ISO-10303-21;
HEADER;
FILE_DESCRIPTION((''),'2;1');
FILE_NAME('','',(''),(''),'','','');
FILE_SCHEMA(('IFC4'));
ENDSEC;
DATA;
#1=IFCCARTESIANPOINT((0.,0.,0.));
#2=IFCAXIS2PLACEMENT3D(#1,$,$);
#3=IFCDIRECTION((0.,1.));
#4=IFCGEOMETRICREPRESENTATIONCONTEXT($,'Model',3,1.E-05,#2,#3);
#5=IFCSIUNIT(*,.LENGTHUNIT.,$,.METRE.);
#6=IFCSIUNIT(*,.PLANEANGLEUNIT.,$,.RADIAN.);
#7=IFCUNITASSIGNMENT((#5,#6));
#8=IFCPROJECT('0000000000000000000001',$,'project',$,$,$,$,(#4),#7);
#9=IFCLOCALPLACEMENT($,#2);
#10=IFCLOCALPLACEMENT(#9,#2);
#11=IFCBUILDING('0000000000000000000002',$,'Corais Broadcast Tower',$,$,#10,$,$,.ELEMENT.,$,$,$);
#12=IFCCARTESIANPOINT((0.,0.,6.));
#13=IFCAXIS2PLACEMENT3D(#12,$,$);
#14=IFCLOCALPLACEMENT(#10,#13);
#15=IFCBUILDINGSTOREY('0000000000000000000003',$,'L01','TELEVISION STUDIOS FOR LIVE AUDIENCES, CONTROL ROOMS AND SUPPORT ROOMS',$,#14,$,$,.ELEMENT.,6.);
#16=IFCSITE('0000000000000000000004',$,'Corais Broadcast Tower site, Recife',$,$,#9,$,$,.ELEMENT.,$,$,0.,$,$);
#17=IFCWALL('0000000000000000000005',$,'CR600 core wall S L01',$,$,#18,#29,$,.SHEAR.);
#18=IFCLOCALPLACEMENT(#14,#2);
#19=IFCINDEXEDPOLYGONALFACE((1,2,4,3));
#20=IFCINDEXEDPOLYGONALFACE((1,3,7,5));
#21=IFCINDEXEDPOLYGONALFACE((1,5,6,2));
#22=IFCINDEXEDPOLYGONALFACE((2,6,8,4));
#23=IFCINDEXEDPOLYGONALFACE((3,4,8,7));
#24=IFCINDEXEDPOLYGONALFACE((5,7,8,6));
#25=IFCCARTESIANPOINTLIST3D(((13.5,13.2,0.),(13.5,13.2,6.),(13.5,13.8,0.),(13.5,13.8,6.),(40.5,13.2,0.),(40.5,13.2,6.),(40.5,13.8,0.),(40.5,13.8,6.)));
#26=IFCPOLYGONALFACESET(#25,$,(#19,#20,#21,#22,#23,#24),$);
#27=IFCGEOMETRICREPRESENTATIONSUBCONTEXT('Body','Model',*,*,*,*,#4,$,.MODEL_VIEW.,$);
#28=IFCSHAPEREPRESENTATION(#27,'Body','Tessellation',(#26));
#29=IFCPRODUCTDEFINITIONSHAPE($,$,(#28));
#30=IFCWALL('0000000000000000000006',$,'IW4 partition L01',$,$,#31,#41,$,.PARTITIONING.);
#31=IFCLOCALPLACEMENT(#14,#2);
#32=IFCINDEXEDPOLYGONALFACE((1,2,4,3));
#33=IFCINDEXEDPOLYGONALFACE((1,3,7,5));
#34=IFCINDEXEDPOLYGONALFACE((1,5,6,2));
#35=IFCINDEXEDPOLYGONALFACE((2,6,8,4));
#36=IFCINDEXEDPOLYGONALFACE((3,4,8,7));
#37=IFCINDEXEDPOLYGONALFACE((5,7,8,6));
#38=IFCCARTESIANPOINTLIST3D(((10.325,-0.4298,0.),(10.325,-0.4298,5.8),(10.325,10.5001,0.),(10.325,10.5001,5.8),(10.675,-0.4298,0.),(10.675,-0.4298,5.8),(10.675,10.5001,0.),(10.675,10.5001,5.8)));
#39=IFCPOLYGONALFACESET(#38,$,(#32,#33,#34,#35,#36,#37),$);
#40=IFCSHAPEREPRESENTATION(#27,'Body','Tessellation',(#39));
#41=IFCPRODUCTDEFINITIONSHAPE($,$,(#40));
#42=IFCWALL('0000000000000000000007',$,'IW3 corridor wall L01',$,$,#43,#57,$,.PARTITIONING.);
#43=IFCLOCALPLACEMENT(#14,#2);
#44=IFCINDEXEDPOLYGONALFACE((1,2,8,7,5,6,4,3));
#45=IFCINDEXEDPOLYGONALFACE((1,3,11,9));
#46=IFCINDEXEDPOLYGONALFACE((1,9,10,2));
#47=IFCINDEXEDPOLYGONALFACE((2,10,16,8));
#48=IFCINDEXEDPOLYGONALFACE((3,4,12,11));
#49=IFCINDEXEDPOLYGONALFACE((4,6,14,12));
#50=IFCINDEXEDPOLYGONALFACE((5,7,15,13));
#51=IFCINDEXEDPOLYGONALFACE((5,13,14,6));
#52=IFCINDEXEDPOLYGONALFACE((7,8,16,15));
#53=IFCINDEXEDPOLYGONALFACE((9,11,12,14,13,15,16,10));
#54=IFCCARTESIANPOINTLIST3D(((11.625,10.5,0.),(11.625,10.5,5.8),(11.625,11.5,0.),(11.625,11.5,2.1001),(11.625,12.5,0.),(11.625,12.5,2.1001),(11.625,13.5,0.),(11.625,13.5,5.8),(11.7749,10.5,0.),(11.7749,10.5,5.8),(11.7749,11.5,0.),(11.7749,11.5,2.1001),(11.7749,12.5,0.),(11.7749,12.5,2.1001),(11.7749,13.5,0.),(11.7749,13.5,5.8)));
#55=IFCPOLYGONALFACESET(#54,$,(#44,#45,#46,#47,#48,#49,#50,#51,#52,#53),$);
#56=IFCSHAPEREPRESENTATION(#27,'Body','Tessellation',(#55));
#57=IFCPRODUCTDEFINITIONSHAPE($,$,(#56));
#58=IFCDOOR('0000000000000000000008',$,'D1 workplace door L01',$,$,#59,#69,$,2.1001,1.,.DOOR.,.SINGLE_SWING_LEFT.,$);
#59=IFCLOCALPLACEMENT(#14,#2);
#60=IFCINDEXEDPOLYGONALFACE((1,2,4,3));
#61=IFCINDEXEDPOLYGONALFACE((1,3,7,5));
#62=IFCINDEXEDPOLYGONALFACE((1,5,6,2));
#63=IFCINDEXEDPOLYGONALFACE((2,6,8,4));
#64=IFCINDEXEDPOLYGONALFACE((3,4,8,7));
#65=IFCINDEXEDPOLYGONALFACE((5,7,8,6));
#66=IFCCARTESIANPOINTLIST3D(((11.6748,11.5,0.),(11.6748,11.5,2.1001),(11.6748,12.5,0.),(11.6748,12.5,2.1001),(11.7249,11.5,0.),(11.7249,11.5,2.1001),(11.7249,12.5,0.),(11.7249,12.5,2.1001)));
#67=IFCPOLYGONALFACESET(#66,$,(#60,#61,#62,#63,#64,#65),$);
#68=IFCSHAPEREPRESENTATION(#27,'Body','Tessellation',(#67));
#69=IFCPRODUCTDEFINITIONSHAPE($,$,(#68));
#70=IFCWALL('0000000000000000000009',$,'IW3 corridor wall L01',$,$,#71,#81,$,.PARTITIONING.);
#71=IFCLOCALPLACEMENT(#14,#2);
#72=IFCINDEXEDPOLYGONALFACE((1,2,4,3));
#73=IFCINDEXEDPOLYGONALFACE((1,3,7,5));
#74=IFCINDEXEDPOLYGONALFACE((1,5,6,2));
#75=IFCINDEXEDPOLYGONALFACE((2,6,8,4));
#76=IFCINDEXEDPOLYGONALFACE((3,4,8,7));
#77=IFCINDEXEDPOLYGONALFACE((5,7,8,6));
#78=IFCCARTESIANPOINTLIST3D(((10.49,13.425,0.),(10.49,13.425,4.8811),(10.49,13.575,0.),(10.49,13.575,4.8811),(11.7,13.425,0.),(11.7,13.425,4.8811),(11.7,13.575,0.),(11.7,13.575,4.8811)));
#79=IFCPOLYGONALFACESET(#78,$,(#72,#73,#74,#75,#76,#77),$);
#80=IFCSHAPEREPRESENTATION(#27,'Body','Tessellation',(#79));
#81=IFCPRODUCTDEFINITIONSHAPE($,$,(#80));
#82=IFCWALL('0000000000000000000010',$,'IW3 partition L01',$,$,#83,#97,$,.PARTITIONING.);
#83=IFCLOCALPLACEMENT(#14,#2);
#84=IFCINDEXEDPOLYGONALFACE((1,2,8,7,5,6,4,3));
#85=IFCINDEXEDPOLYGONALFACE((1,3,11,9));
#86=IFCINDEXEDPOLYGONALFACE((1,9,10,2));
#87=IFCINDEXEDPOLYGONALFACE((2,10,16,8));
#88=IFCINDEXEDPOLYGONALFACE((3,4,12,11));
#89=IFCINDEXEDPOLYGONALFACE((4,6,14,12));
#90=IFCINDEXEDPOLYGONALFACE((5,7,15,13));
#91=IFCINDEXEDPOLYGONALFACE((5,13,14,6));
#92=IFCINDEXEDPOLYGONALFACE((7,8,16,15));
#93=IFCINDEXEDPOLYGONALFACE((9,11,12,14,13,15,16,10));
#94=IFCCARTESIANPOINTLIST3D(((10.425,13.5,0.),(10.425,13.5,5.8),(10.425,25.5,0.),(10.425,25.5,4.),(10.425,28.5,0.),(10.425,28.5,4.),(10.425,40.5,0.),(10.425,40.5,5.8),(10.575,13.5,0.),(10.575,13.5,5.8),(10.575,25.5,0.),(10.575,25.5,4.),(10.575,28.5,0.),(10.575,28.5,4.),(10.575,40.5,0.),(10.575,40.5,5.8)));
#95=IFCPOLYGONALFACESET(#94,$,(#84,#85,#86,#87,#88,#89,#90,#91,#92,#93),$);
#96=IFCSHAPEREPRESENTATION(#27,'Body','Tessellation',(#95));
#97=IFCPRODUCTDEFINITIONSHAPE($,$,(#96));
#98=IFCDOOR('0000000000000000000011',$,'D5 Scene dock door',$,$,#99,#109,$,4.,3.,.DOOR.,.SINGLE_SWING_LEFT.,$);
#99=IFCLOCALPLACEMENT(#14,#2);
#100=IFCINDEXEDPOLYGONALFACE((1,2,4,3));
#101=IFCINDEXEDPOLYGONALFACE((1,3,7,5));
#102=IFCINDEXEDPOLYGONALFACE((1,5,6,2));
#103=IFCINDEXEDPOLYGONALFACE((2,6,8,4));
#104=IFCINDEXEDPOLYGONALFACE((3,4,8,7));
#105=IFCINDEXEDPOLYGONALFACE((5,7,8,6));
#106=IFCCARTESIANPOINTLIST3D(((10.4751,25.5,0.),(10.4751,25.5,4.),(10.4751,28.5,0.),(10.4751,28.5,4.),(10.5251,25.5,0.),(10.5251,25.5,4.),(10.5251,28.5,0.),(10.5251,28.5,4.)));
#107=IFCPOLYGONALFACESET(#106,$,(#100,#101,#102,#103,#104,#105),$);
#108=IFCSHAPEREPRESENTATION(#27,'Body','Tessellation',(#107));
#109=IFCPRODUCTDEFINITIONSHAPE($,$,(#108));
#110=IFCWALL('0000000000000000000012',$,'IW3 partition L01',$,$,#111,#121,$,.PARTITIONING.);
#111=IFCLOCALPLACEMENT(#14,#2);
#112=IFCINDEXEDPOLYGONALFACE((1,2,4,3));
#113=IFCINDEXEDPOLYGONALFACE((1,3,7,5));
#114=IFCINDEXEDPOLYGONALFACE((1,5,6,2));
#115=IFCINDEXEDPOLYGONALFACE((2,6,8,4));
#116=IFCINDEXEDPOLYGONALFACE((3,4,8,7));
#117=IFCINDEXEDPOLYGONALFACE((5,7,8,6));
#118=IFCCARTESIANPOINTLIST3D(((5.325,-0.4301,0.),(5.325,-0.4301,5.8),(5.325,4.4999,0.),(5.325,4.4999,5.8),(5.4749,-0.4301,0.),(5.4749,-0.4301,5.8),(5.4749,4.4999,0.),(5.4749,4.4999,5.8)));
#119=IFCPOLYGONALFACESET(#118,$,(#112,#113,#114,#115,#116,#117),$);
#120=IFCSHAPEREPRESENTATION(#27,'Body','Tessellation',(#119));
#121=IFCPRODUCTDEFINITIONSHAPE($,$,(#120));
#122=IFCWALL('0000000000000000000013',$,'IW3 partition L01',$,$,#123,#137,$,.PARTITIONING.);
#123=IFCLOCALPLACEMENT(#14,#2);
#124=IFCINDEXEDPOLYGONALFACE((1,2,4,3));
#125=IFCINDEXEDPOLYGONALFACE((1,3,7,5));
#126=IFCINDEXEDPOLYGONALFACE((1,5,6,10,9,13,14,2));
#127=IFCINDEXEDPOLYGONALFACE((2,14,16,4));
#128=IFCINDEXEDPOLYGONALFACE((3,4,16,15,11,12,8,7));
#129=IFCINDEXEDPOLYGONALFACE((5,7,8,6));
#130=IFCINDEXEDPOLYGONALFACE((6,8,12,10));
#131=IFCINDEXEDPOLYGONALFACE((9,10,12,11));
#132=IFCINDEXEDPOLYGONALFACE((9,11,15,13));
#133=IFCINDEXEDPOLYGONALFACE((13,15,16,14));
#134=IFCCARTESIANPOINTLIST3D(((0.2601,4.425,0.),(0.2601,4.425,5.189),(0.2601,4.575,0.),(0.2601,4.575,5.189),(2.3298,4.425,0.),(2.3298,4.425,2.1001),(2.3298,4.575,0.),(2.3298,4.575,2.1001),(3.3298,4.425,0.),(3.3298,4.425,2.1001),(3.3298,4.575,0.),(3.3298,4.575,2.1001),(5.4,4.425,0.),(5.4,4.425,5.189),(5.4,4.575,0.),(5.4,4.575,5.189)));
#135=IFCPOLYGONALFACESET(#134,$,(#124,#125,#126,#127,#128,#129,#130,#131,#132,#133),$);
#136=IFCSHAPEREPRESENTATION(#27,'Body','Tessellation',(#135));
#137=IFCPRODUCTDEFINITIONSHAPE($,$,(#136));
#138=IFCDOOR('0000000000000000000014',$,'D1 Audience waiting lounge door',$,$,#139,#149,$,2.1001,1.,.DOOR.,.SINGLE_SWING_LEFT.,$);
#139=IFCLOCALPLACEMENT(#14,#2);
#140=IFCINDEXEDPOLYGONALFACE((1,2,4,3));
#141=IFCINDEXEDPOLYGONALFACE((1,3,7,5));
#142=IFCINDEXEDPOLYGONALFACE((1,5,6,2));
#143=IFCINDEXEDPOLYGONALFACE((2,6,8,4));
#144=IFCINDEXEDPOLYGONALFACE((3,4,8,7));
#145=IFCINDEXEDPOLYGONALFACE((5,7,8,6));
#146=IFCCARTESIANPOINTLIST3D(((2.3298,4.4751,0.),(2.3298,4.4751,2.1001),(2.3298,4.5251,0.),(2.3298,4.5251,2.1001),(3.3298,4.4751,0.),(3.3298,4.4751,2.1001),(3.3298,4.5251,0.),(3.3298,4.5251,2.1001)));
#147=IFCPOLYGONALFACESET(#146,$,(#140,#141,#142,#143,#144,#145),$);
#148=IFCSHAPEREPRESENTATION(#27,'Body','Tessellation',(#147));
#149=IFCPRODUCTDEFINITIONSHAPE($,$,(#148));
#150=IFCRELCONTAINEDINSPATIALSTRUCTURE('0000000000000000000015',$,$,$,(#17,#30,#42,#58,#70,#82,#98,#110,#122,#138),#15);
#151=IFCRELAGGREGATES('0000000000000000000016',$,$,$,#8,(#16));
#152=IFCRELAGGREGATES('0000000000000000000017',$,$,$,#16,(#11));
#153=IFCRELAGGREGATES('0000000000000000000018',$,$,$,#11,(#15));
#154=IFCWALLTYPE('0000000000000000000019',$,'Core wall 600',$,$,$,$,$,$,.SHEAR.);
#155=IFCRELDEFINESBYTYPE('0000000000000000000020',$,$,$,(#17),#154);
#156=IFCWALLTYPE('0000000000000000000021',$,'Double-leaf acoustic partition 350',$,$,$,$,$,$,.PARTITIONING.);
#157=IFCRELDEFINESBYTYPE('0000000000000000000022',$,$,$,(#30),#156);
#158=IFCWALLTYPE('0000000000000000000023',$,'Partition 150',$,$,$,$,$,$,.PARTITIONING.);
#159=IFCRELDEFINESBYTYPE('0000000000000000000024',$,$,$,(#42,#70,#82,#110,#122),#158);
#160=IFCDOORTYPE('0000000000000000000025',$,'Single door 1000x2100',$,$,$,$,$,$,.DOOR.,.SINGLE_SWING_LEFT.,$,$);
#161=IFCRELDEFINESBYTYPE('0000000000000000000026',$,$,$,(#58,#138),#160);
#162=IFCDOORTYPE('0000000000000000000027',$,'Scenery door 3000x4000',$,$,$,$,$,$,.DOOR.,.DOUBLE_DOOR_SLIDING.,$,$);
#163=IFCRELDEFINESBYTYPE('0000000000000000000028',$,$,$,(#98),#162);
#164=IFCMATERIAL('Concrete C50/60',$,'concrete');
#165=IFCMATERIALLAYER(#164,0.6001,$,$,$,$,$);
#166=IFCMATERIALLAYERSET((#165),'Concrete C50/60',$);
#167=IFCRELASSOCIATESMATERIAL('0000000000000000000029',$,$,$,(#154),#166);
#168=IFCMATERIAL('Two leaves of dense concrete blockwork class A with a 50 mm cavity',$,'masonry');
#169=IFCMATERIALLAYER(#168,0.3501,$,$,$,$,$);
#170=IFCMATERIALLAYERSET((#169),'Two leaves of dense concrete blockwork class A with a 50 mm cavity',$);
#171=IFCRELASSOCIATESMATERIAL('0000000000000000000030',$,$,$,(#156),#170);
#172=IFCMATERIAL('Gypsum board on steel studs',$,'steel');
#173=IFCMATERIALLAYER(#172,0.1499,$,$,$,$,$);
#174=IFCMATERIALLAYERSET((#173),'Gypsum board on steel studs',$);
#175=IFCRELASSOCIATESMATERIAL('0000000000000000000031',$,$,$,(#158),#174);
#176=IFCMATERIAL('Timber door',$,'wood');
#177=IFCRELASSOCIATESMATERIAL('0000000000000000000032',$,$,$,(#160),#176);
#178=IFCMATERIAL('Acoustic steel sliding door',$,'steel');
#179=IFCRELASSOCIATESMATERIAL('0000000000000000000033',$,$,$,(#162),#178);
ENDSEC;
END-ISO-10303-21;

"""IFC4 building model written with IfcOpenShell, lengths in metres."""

from ifc_helpers import new_model, si_unit, direction, frame, frame_2d, origin, place, context, subcontext, project, spatial, rectangle, extrude, material, layer, layer_set, type_object, element, fill, save


model = new_model("IFC4")

# Units and contexts
model_context = context("Model", 3, precision=1e-05, world=origin(), true_north=direction((0.0, 1.0)))
body_context = subcontext(model_context, "Body", "Model", "MODEL_VIEW")
ifc_project = project(units=[si_unit("LENGTHUNIT", "METRE"), si_unit("PLANEANGLEUNIT", "RADIAN")], contexts=[model_context])

# Site, building, storey
site_placement = place(None, origin())
site = spatial("IfcSite", under=ifc_project, at=site_placement, Name="Corais Broadcast Tower site, Recife", CompositionType="ELEMENT", RefElevation=0.0)
building_placement = place(site_placement, origin())
building = spatial("IfcBuilding", under=site, at=building_placement, Name="Corais Broadcast Tower", CompositionType="ELEMENT")
storey_placement = place(building_placement, frame((0.0, 0.0, 6.0)))
storey = spatial("IfcBuildingStorey", under=building, at=storey_placement, Name="L01", Description="TELEVISION STUDIOS FOR LIVE AUDIENCES, CONTROL ROOMS AND SUPPORT ROOMS", CompositionType="ELEMENT", Elevation=6.0)

# Walls
ifc_material_1 = material(Name="Concrete C50/60", Category="concrete")
ifc_layer_1 = layer(ifc_material_1, 0.6001)
ifc_layer_set_1 = layer_set([ifc_layer_1], Name="Concrete C50/60")
wall_type_1 = type_object("IfcWallType", Name="Core wall 600", PredefinedType="SHEAR", material=ifc_layer_set_1)
wall_1_placement = place(storey_placement, frame((13.5, 13.5, 0.0), z_axis=(0.0, 0.0, 1.0), x_axis=(1.0, 0.0, 0.0)))
element("IfcWall", 1, at=wall_1_placement, inside=storey, type_object=wall_type_1, Name="CR600 core wall S L01", PredefinedType="SHEAR", context=body_context, shape_type="SweptSolid", body=[
    extrude(rectangle(XDim=27.0, YDim=0.6001, at=frame_2d((13.5, 0.0))), origin(), (0.0, 0.0, 1.0), 6.0),
])
ifc_material_2 = material(Name="Two leaves of dense concrete blockwork class A with a 50 mm cavity", Category="masonry")
ifc_layer_2 = layer(ifc_material_2, 0.3501)
ifc_layer_set_2 = layer_set([ifc_layer_2], Name="Two leaves of dense concrete blockwork class A with a 50 mm cavity")
wall_type_2 = type_object("IfcWallType", Name="Double-leaf acoustic partition 350", PredefinedType="PARTITIONING", material=ifc_layer_set_2)
wall_2_placement = place(storey_placement, frame((10.5, 10.5, 0.0), z_axis=(0.0, 0.0, 1.0), x_axis=(0.0, -1.0, 0.0)))
element("IfcWall", 2, at=wall_2_placement, inside=storey, type_object=wall_type_2, Name="IW4 partition L01", PredefinedType="PARTITIONING", context=body_context, shape_type="SweptSolid", body=[
    extrude(rectangle(XDim=10.9299, YDim=0.3501, at=frame_2d((5.4648, 0.0))), origin(), (0.0, 0.0, 1.0), 5.8),
])

# Wall, opening, door
ifc_material_3 = material(Name="Gypsum board on steel studs", Category="steel")
ifc_layer_3 = layer(ifc_material_3, 0.1499)
ifc_layer_set_3 = layer_set([ifc_layer_3], Name="Gypsum board on steel studs")
wall_type_3 = type_object("IfcWallType", Name="Partition 150", PredefinedType="PARTITIONING", material=ifc_layer_set_3)
wall_3_placement = place(storey_placement, frame((11.7, 13.5, 0.0), z_axis=(0.0, 0.0, 1.0), x_axis=(0.0, -1.0, 0.0)))
wall_3 = element("IfcWall", 3, at=wall_3_placement, inside=storey, type_object=wall_type_3, Name="IW3 corridor wall L01", PredefinedType="PARTITIONING", context=body_context, shape_type="SweptSolid", body=[
    extrude(rectangle(XDim=3.0, YDim=0.1499, at=frame_2d((1.5, 0.0))), origin(), (0.0, 0.0, 1.0), 5.8),
])
opening_1_placement = place(wall_3_placement, frame((1.0, 0.0, 0.0)))
opening_1 = element("IfcOpeningElement", 4, at=opening_1_placement, cuts=wall_3, PredefinedType="OPENING", context=body_context, shape_type="SweptSolid", body=[
    extrude(rectangle(XDim=1.0, YDim=2.1001, at=frame_2d((0.5, 1.05))), frame((0.0, 0.085, 0.0), z_axis=(0.0, -1.0, 0.0), x_axis=(1.0, 0.0, 0.0)), (0.0, 0.0, 1.0), 0.1699),
])
ifc_material_4 = material(Name="Timber door", Category="wood")
door_type_1 = type_object("IfcDoorType", Name="Single door 1000x2100", OperationType="SINGLE_SWING_LEFT", PredefinedType="DOOR", material=ifc_material_4)
door_1_placement = place(opening_1_placement, origin())
door_1 = element("IfcDoor", 5, at=door_1_placement, inside=storey, type_object=door_type_1, Name="D1 workplace door L01", OperationType="SINGLE_SWING_LEFT", OverallHeight=2.1001, OverallWidth=1.0, PredefinedType="DOOR", context=body_context, shape_type="SweptSolid", body=[
    extrude(rectangle(XDim=1.0, YDim=2.1001, at=frame_2d((0.5, 1.05))), frame((0.0, 0.0249, 0.0), z_axis=(0.0, -1.0, 0.0), x_axis=(1.0, 0.0, 0.0)), (0.0, 0.0, 1.0), 0.05),
])
fill(opening_1, door_1)

# Wall
wall_4_placement = place(storey_placement, frame((10.49, 13.5, 0.0), z_axis=(0.0, 0.0, 1.0), x_axis=(1.0, 0.0, 0.0)))
element("IfcWall", 6, at=wall_4_placement, inside=storey, type_object=wall_type_3, Name="IW3 corridor wall L01", PredefinedType="PARTITIONING", context=body_context, shape_type="SweptSolid", body=[
    extrude(rectangle(XDim=1.21, YDim=0.1499, at=frame_2d((0.605, 0.0))), origin(), (0.0, 0.0, 1.0), 4.8811),
])

# Wall, opening, door
wall_5_placement = place(storey_placement, frame((10.5, 13.5, 0.0), z_axis=(0.0, 0.0, 1.0), x_axis=(0.0, 1.0, 0.0)))
wall_5 = element("IfcWall", 7, at=wall_5_placement, inside=storey, type_object=wall_type_3, Name="IW3 partition L01", PredefinedType="PARTITIONING", context=body_context, shape_type="SweptSolid", body=[
    extrude(rectangle(XDim=27.0, YDim=0.1499, at=frame_2d((13.5, 0.0))), origin(), (0.0, 0.0, 1.0), 5.8),
])
opening_2_placement = place(wall_5_placement, frame((12.0, 0.0, 0.0)))
opening_2 = element("IfcOpeningElement", 8, at=opening_2_placement, cuts=wall_5, PredefinedType="OPENING", context=body_context, shape_type="SweptSolid", body=[
    extrude(rectangle(XDim=3.0, YDim=4.0, at=frame_2d((1.5, 2.0))), frame((0.0, 0.085, 0.0), z_axis=(0.0, -1.0, 0.0), x_axis=(1.0, 0.0, 0.0)), (0.0, 0.0, 1.0), 0.1699),
])
ifc_material_5 = material(Name="Acoustic steel sliding door", Category="steel")
door_type_2 = type_object("IfcDoorType", Name="Scenery door 3000x4000", OperationType="DOUBLE_DOOR_SLIDING", PredefinedType="DOOR", material=ifc_material_5)
door_2_placement = place(opening_2_placement, origin())
door_2 = element("IfcDoor", 9, at=door_2_placement, inside=storey, type_object=door_type_2, Name="D5 Scene dock door", OperationType="SINGLE_SWING_LEFT", OverallHeight=4.0, OverallWidth=3.0, PredefinedType="DOOR", context=body_context, shape_type="SweptSolid", body=[
    extrude(rectangle(XDim=3.0, YDim=4.0, at=frame_2d((1.5, 2.0))), frame((0.0, 0.0249, 0.0), z_axis=(0.0, -1.0, 0.0), x_axis=(1.0, 0.0, 0.0)), (0.0, 0.0, 1.0), 0.05),
])
fill(opening_2, door_2)

# Wall
wall_6_placement = place(storey_placement, frame((5.3999, -0.4299, 0.0), z_axis=(0.0, 0.0, 1.0), x_axis=(0.0, 1.0, 0.0)))
element("IfcWall", 10, at=wall_6_placement, inside=storey, type_object=wall_type_3, Name="IW3 partition L01", PredefinedType="PARTITIONING", context=body_context, shape_type="SweptSolid", body=[
    extrude(rectangle(XDim=4.9299, YDim=0.1499, at=frame_2d((2.4648, 0.0))), origin(), (0.0, 0.0, 1.0), 5.8),
])

# Wall, opening, door
wall_7_placement = place(storey_placement, frame((5.3999, 4.5, 0.0), z_axis=(0.0, 0.0, 1.0), x_axis=(-1.0, 0.0, 0.0)))
wall_7 = element("IfcWall", 11, at=wall_7_placement, inside=storey, type_object=wall_type_3, Name="IW3 partition L01", PredefinedType="PARTITIONING", context=body_context, shape_type="SweptSolid", body=[
    extrude(rectangle(XDim=5.1399, YDim=0.1499, at=frame_2d((2.5698, 0.0))), origin(), (0.0, 0.0, 1.0), 5.189),
])
opening_3_placement = place(wall_7_placement, frame((2.0701, 0.0, 0.0)))
opening_3 = element("IfcOpeningElement", 12, at=opening_3_placement, cuts=wall_7, PredefinedType="OPENING", context=body_context, shape_type="SweptSolid", body=[
    extrude(rectangle(XDim=1.0, YDim=2.1001, at=frame_2d((0.5, 1.05))), frame((0.0, 0.085, 0.0), z_axis=(0.0, -1.0, 0.0), x_axis=(1.0, 0.0, 0.0)), (0.0, 0.0, 1.0), 0.1699),
])
door_3_placement = place(opening_3_placement, origin())
door_3 = element("IfcDoor", 13, at=door_3_placement, inside=storey, type_object=door_type_1, Name="D1 Audience waiting lounge door", OperationType="SINGLE_SWING_LEFT", OverallHeight=2.1001, OverallWidth=1.0, PredefinedType="DOOR", context=body_context, shape_type="SweptSolid", body=[
    extrude(rectangle(XDim=1.0, YDim=2.1001, at=frame_2d((0.5, 1.05))), frame((0.0, 0.0249, 0.0), z_axis=(0.0, -1.0, 0.0), x_axis=(1.0, 0.0, 0.0)), (0.0, 0.0, 1.0), 0.05),
])
fill(opening_3, door_3)

save(model, "model.ifc")
